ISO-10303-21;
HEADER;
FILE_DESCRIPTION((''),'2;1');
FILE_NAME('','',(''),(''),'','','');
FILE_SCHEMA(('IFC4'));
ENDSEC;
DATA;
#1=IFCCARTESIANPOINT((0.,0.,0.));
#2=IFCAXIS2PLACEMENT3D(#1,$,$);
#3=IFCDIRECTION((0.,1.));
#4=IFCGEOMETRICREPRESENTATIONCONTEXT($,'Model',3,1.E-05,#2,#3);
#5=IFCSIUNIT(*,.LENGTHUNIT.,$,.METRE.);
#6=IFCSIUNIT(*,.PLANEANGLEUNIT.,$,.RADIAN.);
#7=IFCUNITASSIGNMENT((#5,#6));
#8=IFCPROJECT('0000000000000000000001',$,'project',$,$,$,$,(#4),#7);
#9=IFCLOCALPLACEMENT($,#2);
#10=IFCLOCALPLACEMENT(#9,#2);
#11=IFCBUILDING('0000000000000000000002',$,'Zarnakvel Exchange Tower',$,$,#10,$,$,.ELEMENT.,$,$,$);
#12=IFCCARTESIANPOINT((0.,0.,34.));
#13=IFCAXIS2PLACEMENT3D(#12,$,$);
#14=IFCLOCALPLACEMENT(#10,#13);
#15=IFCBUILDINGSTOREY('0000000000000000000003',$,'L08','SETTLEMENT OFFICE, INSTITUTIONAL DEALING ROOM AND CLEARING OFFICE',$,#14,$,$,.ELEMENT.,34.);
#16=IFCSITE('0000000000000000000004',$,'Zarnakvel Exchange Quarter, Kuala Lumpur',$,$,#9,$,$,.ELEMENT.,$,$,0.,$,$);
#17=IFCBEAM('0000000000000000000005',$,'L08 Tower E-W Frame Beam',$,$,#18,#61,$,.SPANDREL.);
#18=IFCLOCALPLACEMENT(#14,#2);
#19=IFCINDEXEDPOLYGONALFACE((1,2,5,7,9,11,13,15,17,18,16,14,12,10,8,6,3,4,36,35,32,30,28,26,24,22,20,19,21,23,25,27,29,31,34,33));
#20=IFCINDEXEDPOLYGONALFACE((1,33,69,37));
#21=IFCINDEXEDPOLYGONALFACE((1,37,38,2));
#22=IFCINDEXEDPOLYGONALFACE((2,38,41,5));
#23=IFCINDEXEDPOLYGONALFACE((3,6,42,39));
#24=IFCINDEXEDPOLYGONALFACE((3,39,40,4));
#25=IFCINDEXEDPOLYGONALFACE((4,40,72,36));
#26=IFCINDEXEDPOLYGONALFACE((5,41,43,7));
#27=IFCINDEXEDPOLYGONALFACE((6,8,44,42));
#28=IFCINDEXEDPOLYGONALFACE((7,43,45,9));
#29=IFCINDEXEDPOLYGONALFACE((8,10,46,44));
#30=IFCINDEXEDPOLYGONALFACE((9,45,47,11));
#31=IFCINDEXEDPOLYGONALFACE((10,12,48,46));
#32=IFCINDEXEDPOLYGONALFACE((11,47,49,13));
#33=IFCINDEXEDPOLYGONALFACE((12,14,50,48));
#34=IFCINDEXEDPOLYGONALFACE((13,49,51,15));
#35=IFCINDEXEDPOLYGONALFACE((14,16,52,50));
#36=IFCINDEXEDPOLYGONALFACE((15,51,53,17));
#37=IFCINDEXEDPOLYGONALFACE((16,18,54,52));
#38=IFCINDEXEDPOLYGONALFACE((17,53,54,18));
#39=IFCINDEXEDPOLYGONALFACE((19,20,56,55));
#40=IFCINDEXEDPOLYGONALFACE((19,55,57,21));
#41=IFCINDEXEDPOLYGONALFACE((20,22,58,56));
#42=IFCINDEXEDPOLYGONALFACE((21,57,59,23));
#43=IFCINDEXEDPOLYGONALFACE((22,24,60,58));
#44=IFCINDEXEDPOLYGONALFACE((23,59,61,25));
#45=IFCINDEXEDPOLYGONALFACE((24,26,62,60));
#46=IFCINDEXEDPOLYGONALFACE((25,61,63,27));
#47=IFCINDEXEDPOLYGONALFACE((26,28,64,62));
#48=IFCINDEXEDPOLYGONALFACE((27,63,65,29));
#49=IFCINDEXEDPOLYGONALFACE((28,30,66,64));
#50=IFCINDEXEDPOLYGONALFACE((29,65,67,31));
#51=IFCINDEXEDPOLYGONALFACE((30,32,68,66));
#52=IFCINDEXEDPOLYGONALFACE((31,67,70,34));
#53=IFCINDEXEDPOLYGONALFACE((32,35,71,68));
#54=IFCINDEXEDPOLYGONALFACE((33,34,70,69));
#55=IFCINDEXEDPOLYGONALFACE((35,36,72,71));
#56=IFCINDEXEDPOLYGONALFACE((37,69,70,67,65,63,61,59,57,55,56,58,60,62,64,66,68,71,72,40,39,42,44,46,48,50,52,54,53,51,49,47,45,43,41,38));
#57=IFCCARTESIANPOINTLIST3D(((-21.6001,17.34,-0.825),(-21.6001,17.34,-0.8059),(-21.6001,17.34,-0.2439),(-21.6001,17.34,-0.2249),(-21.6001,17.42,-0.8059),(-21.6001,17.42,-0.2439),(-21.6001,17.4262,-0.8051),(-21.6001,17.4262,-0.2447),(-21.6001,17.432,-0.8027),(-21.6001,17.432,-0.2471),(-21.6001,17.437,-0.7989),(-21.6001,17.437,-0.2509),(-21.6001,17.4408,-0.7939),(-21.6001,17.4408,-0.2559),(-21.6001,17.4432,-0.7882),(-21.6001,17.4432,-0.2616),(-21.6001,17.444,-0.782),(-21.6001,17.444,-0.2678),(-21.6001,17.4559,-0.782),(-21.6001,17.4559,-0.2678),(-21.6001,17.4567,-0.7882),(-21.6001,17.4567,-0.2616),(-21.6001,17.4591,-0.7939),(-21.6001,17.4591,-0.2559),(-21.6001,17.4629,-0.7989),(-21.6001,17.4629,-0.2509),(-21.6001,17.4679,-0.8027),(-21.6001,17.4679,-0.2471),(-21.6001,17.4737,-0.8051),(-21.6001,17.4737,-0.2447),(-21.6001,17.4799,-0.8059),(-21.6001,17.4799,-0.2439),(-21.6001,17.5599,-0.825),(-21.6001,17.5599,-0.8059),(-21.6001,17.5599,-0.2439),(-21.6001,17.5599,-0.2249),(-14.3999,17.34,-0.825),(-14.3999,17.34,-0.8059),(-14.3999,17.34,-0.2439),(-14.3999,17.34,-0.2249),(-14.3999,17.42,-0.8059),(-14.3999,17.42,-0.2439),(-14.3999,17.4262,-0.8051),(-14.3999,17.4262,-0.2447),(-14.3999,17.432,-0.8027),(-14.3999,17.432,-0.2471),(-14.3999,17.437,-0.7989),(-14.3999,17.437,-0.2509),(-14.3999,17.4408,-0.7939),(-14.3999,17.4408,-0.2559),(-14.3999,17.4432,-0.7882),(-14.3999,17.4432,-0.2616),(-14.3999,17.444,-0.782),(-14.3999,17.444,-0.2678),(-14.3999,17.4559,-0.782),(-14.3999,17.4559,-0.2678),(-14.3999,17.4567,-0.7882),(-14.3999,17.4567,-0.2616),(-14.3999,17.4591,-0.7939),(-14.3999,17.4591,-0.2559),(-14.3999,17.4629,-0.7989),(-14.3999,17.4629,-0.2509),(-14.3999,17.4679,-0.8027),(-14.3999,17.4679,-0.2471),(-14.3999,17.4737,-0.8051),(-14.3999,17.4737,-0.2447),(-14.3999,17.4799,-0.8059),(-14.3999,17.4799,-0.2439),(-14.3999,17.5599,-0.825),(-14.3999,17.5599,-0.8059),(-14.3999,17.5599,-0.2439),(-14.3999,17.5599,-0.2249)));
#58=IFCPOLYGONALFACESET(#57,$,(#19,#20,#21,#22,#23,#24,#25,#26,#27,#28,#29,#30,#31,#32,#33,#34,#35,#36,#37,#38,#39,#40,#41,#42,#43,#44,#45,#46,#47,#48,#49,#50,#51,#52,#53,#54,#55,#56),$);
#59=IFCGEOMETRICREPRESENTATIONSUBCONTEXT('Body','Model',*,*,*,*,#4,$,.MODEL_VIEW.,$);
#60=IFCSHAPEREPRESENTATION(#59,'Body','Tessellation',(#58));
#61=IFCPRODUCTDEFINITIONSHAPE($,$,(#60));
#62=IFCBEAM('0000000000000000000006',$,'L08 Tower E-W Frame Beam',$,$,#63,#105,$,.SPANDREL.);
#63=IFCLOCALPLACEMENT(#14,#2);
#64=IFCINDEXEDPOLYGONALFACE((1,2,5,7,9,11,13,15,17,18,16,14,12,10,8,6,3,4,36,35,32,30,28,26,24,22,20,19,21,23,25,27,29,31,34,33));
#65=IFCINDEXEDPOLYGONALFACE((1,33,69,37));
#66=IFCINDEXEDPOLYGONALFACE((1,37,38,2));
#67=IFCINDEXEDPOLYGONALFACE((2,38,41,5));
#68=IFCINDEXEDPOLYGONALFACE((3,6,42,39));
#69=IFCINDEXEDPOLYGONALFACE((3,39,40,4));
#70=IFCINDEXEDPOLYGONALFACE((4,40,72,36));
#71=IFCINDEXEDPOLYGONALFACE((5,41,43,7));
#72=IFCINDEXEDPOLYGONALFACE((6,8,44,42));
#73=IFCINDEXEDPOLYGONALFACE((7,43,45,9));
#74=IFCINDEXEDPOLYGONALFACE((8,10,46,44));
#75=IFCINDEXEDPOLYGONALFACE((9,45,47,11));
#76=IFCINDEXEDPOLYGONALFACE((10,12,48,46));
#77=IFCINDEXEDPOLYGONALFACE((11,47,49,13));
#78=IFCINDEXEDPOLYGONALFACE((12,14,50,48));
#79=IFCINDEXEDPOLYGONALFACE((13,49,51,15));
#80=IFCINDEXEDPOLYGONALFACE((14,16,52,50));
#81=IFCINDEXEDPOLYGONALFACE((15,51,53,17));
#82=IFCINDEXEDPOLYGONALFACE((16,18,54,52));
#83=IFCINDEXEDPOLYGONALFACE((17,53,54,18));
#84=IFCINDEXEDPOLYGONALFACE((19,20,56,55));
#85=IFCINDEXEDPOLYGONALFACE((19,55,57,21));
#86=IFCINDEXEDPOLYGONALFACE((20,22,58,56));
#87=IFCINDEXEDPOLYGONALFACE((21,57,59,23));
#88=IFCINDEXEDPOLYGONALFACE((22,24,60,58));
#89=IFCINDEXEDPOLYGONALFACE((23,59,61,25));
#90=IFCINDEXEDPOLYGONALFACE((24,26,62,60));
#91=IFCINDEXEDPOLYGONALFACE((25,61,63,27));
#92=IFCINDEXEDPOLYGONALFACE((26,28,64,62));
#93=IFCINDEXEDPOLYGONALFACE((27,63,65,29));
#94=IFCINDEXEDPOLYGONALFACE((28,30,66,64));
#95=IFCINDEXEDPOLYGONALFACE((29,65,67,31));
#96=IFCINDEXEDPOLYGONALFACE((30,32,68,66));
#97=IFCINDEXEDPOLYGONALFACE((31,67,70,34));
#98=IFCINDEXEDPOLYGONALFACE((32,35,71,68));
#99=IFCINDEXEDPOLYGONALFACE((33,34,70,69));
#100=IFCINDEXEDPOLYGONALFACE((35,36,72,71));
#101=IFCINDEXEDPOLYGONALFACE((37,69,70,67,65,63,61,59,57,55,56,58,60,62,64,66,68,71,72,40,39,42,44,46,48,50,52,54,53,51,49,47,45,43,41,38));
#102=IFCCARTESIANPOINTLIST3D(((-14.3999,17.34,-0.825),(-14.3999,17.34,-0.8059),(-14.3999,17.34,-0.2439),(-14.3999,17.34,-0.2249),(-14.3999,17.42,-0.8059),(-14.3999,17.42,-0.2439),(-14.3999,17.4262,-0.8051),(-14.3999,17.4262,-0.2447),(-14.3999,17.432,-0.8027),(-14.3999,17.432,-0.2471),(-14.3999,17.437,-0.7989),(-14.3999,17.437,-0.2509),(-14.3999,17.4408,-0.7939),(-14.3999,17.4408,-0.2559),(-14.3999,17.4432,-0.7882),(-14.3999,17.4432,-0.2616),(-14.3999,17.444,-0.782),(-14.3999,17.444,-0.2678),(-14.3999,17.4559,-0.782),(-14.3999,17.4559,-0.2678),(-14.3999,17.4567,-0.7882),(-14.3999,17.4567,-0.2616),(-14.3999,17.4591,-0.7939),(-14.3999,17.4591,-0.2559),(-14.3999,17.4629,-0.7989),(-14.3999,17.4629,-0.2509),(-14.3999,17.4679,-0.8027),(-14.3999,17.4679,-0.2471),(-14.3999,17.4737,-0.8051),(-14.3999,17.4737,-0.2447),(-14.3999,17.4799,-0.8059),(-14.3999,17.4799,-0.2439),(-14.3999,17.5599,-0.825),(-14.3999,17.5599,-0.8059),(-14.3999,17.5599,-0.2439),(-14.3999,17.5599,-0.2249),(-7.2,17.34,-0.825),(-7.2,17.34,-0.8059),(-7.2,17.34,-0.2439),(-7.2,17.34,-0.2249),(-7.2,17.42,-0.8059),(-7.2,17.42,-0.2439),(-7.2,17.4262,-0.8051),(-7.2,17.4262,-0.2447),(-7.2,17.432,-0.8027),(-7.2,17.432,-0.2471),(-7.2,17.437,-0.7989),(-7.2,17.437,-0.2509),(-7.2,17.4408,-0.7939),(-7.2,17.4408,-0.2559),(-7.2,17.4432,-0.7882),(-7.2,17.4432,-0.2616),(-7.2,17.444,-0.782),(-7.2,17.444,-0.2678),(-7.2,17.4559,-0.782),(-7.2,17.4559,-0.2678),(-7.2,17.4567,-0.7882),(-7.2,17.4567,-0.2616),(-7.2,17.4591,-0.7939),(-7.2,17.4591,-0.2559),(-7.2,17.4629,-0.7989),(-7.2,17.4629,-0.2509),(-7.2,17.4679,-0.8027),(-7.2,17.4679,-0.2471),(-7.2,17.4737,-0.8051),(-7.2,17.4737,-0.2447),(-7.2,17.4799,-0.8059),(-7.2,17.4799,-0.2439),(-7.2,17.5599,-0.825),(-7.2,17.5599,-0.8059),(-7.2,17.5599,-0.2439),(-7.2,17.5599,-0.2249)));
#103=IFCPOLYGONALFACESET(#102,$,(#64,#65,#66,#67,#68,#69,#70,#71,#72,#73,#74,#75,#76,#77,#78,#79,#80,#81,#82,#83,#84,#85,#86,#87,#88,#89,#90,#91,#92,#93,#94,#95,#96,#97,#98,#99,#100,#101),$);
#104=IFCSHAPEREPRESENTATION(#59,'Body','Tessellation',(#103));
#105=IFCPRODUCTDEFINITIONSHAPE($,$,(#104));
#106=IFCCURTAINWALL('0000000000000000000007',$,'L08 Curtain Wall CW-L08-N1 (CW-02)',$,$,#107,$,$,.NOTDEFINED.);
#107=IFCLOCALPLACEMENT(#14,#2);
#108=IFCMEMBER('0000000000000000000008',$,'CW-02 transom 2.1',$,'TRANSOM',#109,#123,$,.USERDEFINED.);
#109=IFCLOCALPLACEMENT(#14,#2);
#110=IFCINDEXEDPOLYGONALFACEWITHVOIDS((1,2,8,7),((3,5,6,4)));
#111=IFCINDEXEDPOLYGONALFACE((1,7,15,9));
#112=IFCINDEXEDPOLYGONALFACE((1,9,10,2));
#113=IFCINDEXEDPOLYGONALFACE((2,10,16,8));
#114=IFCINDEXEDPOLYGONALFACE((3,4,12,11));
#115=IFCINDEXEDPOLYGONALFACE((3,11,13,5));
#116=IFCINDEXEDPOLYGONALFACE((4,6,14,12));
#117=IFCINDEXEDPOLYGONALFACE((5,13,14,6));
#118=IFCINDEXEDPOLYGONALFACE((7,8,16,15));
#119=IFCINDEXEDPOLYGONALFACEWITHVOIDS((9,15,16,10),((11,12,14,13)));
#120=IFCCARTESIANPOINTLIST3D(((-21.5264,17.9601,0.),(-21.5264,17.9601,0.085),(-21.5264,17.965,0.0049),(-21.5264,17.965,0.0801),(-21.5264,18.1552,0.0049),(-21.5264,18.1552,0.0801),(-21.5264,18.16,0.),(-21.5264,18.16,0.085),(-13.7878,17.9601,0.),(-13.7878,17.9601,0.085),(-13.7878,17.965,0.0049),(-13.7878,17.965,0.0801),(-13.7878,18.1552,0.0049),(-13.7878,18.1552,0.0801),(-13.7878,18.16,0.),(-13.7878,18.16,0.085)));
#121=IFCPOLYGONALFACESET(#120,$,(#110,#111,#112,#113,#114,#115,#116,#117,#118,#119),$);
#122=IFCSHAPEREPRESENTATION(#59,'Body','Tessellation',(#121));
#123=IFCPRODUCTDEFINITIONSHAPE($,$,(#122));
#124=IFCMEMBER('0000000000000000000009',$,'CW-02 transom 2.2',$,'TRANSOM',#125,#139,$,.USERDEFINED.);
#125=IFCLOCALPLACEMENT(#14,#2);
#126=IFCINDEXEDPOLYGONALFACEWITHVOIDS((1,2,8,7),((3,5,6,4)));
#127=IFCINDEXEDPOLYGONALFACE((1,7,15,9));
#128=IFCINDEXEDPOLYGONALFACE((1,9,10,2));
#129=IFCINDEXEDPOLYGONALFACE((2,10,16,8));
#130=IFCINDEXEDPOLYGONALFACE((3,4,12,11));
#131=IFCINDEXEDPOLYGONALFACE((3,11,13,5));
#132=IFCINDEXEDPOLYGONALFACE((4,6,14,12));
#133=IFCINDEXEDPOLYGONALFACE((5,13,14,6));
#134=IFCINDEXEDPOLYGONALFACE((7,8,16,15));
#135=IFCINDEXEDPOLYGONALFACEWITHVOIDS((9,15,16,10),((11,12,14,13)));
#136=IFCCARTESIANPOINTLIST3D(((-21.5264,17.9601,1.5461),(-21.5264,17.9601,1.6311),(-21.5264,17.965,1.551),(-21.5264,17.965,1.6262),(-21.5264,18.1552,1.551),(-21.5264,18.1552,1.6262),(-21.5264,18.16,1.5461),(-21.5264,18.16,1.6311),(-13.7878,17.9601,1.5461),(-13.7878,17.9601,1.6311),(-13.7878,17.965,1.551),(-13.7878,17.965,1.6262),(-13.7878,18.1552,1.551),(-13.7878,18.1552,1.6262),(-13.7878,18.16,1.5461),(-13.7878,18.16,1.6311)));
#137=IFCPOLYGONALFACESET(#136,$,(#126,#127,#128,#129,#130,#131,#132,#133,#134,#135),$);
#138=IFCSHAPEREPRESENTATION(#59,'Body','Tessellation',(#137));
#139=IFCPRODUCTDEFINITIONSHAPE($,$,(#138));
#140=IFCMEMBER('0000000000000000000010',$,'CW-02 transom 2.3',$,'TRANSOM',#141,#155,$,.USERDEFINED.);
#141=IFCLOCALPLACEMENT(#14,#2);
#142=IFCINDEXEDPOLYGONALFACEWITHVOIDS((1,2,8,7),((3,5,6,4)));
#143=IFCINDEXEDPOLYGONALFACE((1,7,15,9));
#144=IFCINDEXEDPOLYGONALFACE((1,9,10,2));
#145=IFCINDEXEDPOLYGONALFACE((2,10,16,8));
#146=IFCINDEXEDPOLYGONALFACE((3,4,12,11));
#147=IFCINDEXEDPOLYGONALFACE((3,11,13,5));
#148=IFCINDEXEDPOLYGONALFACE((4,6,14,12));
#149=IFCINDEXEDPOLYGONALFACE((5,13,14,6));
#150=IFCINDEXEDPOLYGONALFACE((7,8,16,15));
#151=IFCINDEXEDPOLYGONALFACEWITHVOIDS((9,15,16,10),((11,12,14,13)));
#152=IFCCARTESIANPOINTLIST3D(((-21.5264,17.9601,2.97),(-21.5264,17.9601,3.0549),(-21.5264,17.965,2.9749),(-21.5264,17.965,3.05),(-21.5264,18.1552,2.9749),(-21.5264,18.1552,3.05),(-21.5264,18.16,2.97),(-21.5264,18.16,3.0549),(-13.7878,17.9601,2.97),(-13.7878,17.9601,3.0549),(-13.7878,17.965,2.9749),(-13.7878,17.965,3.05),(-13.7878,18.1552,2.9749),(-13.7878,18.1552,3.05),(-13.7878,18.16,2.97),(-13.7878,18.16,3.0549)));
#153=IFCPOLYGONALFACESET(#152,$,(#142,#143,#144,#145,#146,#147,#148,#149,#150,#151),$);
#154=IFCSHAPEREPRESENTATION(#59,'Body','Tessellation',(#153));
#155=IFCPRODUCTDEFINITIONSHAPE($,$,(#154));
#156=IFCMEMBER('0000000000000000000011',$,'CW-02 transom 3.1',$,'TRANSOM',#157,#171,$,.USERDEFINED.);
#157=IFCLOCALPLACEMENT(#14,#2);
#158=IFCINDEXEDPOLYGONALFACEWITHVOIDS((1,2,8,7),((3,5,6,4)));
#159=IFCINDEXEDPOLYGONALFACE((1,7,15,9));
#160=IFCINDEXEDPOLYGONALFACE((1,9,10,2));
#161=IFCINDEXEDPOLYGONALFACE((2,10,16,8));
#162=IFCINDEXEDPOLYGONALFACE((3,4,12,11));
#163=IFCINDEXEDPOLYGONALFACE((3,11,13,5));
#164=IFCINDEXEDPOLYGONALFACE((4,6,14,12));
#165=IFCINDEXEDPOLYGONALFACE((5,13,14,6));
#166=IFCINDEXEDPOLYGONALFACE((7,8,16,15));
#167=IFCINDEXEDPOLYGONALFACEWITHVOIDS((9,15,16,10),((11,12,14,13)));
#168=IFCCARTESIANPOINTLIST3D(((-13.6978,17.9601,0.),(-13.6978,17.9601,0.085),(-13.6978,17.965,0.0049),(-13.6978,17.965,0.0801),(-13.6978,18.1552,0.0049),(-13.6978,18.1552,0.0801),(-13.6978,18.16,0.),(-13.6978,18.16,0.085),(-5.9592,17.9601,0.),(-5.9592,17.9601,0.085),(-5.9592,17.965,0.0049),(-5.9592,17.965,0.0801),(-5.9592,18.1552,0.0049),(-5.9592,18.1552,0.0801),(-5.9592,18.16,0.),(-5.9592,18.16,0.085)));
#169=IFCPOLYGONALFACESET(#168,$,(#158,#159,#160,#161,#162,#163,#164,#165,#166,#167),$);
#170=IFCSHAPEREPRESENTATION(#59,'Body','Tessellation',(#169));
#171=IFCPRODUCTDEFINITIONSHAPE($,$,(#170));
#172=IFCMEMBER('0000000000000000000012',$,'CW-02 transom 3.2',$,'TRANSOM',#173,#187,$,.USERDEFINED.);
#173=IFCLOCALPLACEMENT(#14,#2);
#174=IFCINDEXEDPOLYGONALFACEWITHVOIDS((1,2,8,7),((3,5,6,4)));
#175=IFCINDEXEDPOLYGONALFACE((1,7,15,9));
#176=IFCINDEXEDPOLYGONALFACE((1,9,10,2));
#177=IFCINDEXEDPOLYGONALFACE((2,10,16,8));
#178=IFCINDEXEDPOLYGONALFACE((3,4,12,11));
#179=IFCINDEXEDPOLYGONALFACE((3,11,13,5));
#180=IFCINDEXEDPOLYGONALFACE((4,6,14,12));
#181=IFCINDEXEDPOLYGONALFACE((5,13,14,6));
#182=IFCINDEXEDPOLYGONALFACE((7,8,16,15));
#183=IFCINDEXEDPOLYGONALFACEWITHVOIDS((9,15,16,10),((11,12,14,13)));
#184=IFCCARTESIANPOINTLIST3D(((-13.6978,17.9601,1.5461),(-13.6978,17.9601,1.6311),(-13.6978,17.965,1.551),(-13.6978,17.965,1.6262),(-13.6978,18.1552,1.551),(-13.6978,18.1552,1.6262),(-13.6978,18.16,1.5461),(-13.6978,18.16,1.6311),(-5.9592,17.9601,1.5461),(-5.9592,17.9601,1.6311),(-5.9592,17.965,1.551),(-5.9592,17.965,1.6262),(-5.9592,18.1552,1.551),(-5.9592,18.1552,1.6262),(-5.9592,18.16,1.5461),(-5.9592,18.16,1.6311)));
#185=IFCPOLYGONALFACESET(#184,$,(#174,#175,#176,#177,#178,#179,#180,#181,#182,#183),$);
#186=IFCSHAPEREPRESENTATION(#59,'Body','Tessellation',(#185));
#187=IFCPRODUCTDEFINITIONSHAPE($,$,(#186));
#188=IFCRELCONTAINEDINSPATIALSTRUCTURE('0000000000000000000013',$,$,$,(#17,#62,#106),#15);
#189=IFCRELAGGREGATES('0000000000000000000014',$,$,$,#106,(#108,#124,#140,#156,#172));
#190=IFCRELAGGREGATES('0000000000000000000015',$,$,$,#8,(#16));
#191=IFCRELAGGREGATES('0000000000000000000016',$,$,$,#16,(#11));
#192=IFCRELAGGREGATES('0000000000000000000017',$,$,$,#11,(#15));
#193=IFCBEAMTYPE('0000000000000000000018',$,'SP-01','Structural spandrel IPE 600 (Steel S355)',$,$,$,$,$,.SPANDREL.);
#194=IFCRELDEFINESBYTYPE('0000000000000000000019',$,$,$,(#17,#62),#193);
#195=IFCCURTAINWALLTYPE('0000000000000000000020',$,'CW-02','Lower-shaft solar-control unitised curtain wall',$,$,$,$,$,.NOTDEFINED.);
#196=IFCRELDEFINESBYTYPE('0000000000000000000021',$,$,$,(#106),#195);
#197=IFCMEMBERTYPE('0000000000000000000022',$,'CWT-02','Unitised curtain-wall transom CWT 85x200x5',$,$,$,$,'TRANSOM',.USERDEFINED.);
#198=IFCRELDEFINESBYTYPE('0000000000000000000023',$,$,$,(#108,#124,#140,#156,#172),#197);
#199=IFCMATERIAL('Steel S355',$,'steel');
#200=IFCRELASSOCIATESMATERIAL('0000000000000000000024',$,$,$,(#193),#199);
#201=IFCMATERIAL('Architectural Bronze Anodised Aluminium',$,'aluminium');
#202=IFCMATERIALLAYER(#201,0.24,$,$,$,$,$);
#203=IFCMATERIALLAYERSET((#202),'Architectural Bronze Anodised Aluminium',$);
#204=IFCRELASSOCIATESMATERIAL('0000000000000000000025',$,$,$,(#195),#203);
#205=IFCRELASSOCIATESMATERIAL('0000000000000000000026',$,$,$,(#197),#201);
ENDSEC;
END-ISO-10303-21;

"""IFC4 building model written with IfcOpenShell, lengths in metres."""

from ifc_helpers import new_model, si_unit, direction, frame, origin, origin_2d, place, context, subcontext, project, spatial, hollow_rectangle, i_section, extrude, source, transform, mapped, material, layer, layer_set, material_profile, profile_set, type_object, element, aggregate, save


model = new_model("IFC4")

# Units and contexts
model_context = context("Model", 3, precision=1e-05, world=origin(), true_north=direction((0.0, 1.0)))
body_context = subcontext(model_context, "Body", "Model", "MODEL_VIEW")
ifc_project = project(units=[si_unit("LENGTHUNIT", "METRE"), si_unit("PLANEANGLEUNIT", "RADIAN")], contexts=[model_context])

# Site, building, storey
site_placement = place(None, origin())
site = spatial("IfcSite", under=ifc_project, at=site_placement, Name="Zarnakvel Exchange Quarter, Kuala Lumpur", CompositionType="ELEMENT", RefElevation=0.0)
building_placement = place(site_placement, origin())
building = spatial("IfcBuilding", under=site, at=building_placement, Name="Zarnakvel Exchange Tower", CompositionType="ELEMENT")
storey_placement = place(building_placement, frame((0.0, 0.0, 34.0)))
storey = spatial("IfcBuildingStorey", under=building, at=storey_placement, Name="L08", Description="SETTLEMENT OFFICE, INSTITUTIONAL DEALING ROOM AND CLEARING OFFICE", CompositionType="ELEMENT", Elevation=34.0)

# Beams
ifc_material_1 = material(Name="Steel S355", Category="steel")
ifc_material_profile_1 = material_profile(ifc_material_1, i_section(OverallWidth=0.22, OverallDepth=0.6001, WebThickness=0.012, FlangeThickness=0.019, FilletRadius=0.0239, at=origin_2d()))
ifc_profile_set_1 = profile_set([ifc_material_profile_1], Name="Steel S355")
beam_type_1 = type_object("IfcBeamType", Name="SP-01", Description="Structural spandrel IPE 600 (Steel S355)", PredefinedType="SPANDREL", material=ifc_profile_set_1)
beam_1_placement = place(storey_placement, frame((-21.6001, 17.45, -0.5249), z_axis=(1.0, 0.0, 0.0), x_axis=(0.0, 1.0, 0.0)))
element("IfcBeam", 1, at=beam_1_placement, inside=storey, type_object=beam_type_1, Name="L08 Tower E-W Frame Beam", PredefinedType="SPANDREL", context=body_context, shape_type="SweptSolid", body=[
    extrude(i_section(OverallWidth=0.22, OverallDepth=0.6001, WebThickness=0.012, FlangeThickness=0.019, FilletRadius=0.0239, at=origin_2d()), origin(), (0.0, 0.0, 1.0), 7.2002),
])
beam_2_placement = place(storey_placement, frame((-14.3999, 17.45, -0.5249), z_axis=(1.0, 0.0, 0.0), x_axis=(0.0, 1.0, 0.0)))
element("IfcBeam", 2, at=beam_2_placement, inside=storey, type_object=beam_type_1, Name="L08 Tower E-W Frame Beam", PredefinedType="SPANDREL", context=body_context, shape_type="SweptSolid", body=[
    extrude(i_section(OverallWidth=0.22, OverallDepth=0.6001, WebThickness=0.012, FlangeThickness=0.019, FilletRadius=0.0239, at=origin_2d()), origin(), (0.0, 0.0, 1.0), 7.2),
])

# Curtain wall, members
ifc_material_2 = material(Name="Architectural Bronze Anodised Aluminium", Category="aluminium")
ifc_layer_1 = layer(ifc_material_2, 0.24)
ifc_layer_set_1 = layer_set([ifc_layer_1], Name="Architectural Bronze Anodised Aluminium")
curtain_wall_type = type_object("IfcCurtainWallType", Name="CW-02", Description="Lower-shaft solar-control unitised curtain wall", PredefinedType="NOTDEFINED", material=ifc_layer_set_1)
curtain_wall_placement = place(storey_placement, origin())
curtain_wall = element("IfcCurtainWall", 3, at=curtain_wall_placement, inside=storey, type_object=curtain_wall_type, Name="L08 Curtain Wall CW-L08-N1 (CW-02)", PredefinedType="NOTDEFINED")
ifc_material_profile_2 = material_profile(ifc_material_2, hollow_rectangle(XDim=0.2, YDim=0.085, WallThickness=0.0049, at=origin_2d()))
ifc_profile_set_2 = profile_set([ifc_material_profile_2], Name="Architectural Bronze Anodised Aluminium")
member_type_1 = type_object("IfcMemberType", Name="CWT-02", Description="Unitised curtain-wall transom CWT 85x200x5", ElementType="TRANSOM", PredefinedType="USERDEFINED", material=ifc_profile_set_2)
shared_shape_1 = source(origin(), body_context, "Body", "SweptSolid", [
    extrude(hollow_rectangle(XDim=0.2, YDim=0.085, WallThickness=0.0049, at=origin_2d()), origin(), (0.0, 0.0, 1.0), 7.7385),
])
member_1_placement = place(storey_placement, frame((-21.5264, 18.0601, 0.0425), z_axis=(1.0, 0.0, 0.0), x_axis=(0.0, 1.0, 0.0)))
member_1 = element("IfcMember", 4, at=member_1_placement, type_object=member_type_1, Name="CW-02 transom 2.1", ObjectType="TRANSOM", PredefinedType="USERDEFINED", context=body_context, shape_type="MappedRepresentation", body=[
    mapped(shared_shape_1, transform((0.0, 0.0, 0.0), x_axis=(1.0, 0.0, 0.0), y_axis=(0.0, 1.0, 0.0), z_axis=(0.0, 0.0, 1.0), scale=1.0)),
])
member_2_placement = place(storey_placement, frame((-21.5264, 18.0601, 1.5886), z_axis=(1.0, 0.0, 0.0), x_axis=(0.0, 1.0, 0.0)))
member_2 = element("IfcMember", 5, at=member_2_placement, type_object=member_type_1, Name="CW-02 transom 2.2", ObjectType="TRANSOM", PredefinedType="USERDEFINED", context=body_context, shape_type="MappedRepresentation", body=[
    mapped(shared_shape_1, transform((0.0, 0.0, 0.0), x_axis=(1.0, 0.0, 0.0), y_axis=(0.0, 1.0, 0.0), z_axis=(0.0, 0.0, 1.0), scale=1.0)),
])
member_3_placement = place(storey_placement, frame((-21.5264, 18.0601, 3.0125), z_axis=(1.0, 0.0, 0.0), x_axis=(0.0, 1.0, 0.0)))
member_3 = element("IfcMember", 6, at=member_3_placement, type_object=member_type_1, Name="CW-02 transom 2.3", ObjectType="TRANSOM", PredefinedType="USERDEFINED", context=body_context, shape_type="MappedRepresentation", body=[
    mapped(shared_shape_1, transform((0.0, 0.0, 0.0), x_axis=(1.0, 0.0, 0.0), y_axis=(0.0, 1.0, 0.0), z_axis=(0.0, 0.0, 1.0), scale=1.0)),
])
member_4_placement = place(storey_placement, frame((-13.6978, 18.0601, 0.0425), z_axis=(1.0, 0.0, 0.0), x_axis=(0.0, 1.0, 0.0)))
member_4 = element("IfcMember", 7, at=member_4_placement, type_object=member_type_1, Name="CW-02 transom 3.1", ObjectType="TRANSOM", PredefinedType="USERDEFINED", context=body_context, shape_type="MappedRepresentation", body=[
    mapped(shared_shape_1, transform((0.0, 0.0, 0.0), x_axis=(1.0, 0.0, 0.0), y_axis=(0.0, 1.0, 0.0), z_axis=(0.0, 0.0, 1.0), scale=1.0)),
])
member_5_placement = place(storey_placement, frame((-13.6978, 18.0601, 1.5886), z_axis=(1.0, 0.0, 0.0), x_axis=(0.0, 1.0, 0.0)))
member_5 = element("IfcMember", 8, at=member_5_placement, type_object=member_type_1, Name="CW-02 transom 3.2", ObjectType="TRANSOM", PredefinedType="USERDEFINED", context=body_context, shape_type="MappedRepresentation", body=[
    mapped(shared_shape_1, transform((0.0, 0.0, 0.0), x_axis=(1.0, 0.0, 0.0), y_axis=(0.0, 1.0, 0.0), z_axis=(0.0, 0.0, 1.0), scale=1.0)),
])
aggregate(curtain_wall, [member_1, member_2, member_3, member_4, member_5])

save(model, "model.ifc")
